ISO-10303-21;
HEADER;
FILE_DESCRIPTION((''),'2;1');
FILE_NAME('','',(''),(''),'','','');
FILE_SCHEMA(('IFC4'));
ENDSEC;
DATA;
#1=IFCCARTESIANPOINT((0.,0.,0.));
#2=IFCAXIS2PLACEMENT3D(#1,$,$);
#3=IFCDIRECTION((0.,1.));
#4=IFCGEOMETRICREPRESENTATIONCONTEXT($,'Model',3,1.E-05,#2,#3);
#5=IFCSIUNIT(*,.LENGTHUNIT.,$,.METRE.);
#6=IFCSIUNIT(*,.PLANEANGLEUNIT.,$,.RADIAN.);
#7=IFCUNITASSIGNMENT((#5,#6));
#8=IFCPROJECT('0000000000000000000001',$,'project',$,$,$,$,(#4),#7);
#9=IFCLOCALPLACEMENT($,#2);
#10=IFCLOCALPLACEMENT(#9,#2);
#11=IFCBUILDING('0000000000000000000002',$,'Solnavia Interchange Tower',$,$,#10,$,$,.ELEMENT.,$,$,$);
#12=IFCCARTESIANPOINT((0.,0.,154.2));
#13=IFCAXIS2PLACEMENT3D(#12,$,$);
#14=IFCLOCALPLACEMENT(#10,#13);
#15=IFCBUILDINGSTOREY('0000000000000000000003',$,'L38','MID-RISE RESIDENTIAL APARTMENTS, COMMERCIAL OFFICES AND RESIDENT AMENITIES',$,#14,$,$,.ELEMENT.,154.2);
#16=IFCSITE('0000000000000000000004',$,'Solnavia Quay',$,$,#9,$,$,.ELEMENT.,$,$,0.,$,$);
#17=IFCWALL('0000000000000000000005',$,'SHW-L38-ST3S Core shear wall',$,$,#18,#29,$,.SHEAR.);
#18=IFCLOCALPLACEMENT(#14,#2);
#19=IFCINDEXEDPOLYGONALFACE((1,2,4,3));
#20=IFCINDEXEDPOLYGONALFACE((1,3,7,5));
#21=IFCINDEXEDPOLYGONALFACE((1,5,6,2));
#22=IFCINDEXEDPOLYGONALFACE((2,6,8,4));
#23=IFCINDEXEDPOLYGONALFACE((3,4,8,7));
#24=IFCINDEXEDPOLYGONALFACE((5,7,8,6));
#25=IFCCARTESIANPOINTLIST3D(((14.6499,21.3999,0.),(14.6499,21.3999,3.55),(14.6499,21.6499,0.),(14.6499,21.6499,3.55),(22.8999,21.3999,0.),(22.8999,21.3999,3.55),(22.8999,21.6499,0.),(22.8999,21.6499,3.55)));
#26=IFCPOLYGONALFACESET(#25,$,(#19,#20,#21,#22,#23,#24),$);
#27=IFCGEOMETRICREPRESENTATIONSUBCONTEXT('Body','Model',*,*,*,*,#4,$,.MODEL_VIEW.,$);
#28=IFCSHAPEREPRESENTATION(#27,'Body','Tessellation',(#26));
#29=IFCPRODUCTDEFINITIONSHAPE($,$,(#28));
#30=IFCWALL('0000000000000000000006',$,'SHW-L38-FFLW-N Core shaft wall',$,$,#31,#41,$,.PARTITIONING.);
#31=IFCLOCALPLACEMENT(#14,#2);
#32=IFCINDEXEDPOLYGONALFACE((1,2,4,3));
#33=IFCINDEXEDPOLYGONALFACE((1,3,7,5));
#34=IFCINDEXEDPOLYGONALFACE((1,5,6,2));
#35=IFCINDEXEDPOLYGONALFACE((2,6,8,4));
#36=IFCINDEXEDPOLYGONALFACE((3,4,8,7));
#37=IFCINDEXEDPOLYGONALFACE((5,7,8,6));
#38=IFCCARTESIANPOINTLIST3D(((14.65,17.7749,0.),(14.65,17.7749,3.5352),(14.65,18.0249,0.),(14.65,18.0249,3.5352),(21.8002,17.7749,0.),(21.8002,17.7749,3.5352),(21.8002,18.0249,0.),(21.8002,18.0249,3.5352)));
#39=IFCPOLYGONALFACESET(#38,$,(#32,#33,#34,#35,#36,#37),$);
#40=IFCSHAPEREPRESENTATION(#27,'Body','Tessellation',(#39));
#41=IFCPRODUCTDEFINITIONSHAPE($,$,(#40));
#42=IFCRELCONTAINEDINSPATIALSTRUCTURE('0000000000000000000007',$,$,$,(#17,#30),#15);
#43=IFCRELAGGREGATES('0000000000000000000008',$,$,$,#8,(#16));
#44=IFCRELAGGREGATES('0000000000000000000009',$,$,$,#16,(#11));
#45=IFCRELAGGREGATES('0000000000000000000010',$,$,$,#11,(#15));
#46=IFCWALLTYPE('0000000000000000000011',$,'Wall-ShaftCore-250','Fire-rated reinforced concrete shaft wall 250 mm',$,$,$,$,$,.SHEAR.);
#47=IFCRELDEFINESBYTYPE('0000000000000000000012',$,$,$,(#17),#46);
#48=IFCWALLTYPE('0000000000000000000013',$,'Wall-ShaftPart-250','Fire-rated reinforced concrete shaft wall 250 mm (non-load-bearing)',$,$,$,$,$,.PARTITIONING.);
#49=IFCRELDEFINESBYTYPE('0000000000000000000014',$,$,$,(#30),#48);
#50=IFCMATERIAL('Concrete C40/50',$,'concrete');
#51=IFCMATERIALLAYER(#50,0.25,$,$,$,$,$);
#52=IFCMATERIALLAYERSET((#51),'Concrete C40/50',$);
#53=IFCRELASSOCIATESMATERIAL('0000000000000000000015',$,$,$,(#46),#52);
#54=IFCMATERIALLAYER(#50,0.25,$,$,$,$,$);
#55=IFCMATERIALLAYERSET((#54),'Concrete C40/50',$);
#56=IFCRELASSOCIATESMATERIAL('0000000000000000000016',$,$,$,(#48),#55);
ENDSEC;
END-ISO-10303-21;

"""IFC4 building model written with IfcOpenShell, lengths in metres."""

from ifc_helpers import new_model, si_unit, direction, frame, frame_2d, origin, place, context, subcontext, project, spatial, rectangle, extrude, material, layer, layer_set, type_object, element, save


model = new_model("IFC4")

# Units and contexts
model_context = context("Model", 3, precision=1e-05, world=origin(), true_north=direction((0.0, 1.0)))
body_context = subcontext(model_context, "Body", "Model", "MODEL_VIEW")
ifc_project = project(units=[si_unit("LENGTHUNIT", "METRE"), si_unit("PLANEANGLEUNIT", "RADIAN")], contexts=[model_context])

# Site, building, storey
site_placement = place(None, origin())
site = spatial("IfcSite", under=ifc_project, at=site_placement, Name="Solnavia Quay", CompositionType="ELEMENT", RefElevation=0.0)
building_placement = place(site_placement, origin())
building = spatial("IfcBuilding", under=site, at=building_placement, Name="Solnavia Interchange Tower", CompositionType="ELEMENT")
storey_placement = place(building_placement, frame((0.0, 0.0, 154.2)))
storey = spatial("IfcBuildingStorey", under=building, at=storey_placement, Name="L38", Description="MID-RISE RESIDENTIAL APARTMENTS, COMMERCIAL OFFICES AND RESIDENT AMENITIES", CompositionType="ELEMENT", Elevation=154.2)

# Shared definitions
ifc_material_1 = material(Name="Concrete C40/50", Category="concrete")

# Shared definitions
ifc_layer_1 = layer(ifc_material_1, 0.25)
ifc_layer_set_1 = layer_set([ifc_layer_1], Name="Concrete C40/50")
wall_type_1 = type_object("IfcWallType", Name="Wall-ShaftCore-250", Description="Fire-rated reinforced concrete shaft wall 250 mm", PredefinedType="SHEAR", material=ifc_layer_set_1)

# Walls
wall_1_placement = place(storey_placement, frame((14.6499, 21.5249, 0.0), z_axis=(0.0, 0.0, 1.0), x_axis=(1.0, 0.0, 0.0)))
element("IfcWall", 1, at=wall_1_placement, inside=storey, type_object=wall_type_1, Name="SHW-L38-ST3S Core shear wall", PredefinedType="SHEAR", context=body_context, shape_type="SweptSolid", body=[
    extrude(rectangle(XDim=8.25, YDim=0.25, at=frame_2d((4.125, 0.0))), origin(), (0.0, 0.0, 1.0), 3.55),
])
ifc_layer_2 = layer(ifc_material_1, 0.25)
ifc_layer_set_2 = layer_set([ifc_layer_2], Name="Concrete C40/50")
wall_type_2 = type_object("IfcWallType", Name="Wall-ShaftPart-250", Description="Fire-rated reinforced concrete shaft wall 250 mm (non-load-bearing)", PredefinedType="PARTITIONING", material=ifc_layer_set_2)
wall_2_placement = place(storey_placement, frame((14.6499, 17.8999, 0.0), z_axis=(0.0, 0.0, 1.0), x_axis=(1.0, 0.0, 0.0)))
element("IfcWall", 2, at=wall_2_placement, inside=storey, type_object=wall_type_2, Name="SHW-L38-FFLW-N Core shaft wall", PredefinedType="PARTITIONING", context=body_context, shape_type="SweptSolid", body=[
    extrude(rectangle(XDim=7.1501, YDim=0.25, at=frame_2d((3.5752, 0.0))), origin(), (0.0, 0.0, 1.0), 3.5352),
])

save(model, "model.ifc")
